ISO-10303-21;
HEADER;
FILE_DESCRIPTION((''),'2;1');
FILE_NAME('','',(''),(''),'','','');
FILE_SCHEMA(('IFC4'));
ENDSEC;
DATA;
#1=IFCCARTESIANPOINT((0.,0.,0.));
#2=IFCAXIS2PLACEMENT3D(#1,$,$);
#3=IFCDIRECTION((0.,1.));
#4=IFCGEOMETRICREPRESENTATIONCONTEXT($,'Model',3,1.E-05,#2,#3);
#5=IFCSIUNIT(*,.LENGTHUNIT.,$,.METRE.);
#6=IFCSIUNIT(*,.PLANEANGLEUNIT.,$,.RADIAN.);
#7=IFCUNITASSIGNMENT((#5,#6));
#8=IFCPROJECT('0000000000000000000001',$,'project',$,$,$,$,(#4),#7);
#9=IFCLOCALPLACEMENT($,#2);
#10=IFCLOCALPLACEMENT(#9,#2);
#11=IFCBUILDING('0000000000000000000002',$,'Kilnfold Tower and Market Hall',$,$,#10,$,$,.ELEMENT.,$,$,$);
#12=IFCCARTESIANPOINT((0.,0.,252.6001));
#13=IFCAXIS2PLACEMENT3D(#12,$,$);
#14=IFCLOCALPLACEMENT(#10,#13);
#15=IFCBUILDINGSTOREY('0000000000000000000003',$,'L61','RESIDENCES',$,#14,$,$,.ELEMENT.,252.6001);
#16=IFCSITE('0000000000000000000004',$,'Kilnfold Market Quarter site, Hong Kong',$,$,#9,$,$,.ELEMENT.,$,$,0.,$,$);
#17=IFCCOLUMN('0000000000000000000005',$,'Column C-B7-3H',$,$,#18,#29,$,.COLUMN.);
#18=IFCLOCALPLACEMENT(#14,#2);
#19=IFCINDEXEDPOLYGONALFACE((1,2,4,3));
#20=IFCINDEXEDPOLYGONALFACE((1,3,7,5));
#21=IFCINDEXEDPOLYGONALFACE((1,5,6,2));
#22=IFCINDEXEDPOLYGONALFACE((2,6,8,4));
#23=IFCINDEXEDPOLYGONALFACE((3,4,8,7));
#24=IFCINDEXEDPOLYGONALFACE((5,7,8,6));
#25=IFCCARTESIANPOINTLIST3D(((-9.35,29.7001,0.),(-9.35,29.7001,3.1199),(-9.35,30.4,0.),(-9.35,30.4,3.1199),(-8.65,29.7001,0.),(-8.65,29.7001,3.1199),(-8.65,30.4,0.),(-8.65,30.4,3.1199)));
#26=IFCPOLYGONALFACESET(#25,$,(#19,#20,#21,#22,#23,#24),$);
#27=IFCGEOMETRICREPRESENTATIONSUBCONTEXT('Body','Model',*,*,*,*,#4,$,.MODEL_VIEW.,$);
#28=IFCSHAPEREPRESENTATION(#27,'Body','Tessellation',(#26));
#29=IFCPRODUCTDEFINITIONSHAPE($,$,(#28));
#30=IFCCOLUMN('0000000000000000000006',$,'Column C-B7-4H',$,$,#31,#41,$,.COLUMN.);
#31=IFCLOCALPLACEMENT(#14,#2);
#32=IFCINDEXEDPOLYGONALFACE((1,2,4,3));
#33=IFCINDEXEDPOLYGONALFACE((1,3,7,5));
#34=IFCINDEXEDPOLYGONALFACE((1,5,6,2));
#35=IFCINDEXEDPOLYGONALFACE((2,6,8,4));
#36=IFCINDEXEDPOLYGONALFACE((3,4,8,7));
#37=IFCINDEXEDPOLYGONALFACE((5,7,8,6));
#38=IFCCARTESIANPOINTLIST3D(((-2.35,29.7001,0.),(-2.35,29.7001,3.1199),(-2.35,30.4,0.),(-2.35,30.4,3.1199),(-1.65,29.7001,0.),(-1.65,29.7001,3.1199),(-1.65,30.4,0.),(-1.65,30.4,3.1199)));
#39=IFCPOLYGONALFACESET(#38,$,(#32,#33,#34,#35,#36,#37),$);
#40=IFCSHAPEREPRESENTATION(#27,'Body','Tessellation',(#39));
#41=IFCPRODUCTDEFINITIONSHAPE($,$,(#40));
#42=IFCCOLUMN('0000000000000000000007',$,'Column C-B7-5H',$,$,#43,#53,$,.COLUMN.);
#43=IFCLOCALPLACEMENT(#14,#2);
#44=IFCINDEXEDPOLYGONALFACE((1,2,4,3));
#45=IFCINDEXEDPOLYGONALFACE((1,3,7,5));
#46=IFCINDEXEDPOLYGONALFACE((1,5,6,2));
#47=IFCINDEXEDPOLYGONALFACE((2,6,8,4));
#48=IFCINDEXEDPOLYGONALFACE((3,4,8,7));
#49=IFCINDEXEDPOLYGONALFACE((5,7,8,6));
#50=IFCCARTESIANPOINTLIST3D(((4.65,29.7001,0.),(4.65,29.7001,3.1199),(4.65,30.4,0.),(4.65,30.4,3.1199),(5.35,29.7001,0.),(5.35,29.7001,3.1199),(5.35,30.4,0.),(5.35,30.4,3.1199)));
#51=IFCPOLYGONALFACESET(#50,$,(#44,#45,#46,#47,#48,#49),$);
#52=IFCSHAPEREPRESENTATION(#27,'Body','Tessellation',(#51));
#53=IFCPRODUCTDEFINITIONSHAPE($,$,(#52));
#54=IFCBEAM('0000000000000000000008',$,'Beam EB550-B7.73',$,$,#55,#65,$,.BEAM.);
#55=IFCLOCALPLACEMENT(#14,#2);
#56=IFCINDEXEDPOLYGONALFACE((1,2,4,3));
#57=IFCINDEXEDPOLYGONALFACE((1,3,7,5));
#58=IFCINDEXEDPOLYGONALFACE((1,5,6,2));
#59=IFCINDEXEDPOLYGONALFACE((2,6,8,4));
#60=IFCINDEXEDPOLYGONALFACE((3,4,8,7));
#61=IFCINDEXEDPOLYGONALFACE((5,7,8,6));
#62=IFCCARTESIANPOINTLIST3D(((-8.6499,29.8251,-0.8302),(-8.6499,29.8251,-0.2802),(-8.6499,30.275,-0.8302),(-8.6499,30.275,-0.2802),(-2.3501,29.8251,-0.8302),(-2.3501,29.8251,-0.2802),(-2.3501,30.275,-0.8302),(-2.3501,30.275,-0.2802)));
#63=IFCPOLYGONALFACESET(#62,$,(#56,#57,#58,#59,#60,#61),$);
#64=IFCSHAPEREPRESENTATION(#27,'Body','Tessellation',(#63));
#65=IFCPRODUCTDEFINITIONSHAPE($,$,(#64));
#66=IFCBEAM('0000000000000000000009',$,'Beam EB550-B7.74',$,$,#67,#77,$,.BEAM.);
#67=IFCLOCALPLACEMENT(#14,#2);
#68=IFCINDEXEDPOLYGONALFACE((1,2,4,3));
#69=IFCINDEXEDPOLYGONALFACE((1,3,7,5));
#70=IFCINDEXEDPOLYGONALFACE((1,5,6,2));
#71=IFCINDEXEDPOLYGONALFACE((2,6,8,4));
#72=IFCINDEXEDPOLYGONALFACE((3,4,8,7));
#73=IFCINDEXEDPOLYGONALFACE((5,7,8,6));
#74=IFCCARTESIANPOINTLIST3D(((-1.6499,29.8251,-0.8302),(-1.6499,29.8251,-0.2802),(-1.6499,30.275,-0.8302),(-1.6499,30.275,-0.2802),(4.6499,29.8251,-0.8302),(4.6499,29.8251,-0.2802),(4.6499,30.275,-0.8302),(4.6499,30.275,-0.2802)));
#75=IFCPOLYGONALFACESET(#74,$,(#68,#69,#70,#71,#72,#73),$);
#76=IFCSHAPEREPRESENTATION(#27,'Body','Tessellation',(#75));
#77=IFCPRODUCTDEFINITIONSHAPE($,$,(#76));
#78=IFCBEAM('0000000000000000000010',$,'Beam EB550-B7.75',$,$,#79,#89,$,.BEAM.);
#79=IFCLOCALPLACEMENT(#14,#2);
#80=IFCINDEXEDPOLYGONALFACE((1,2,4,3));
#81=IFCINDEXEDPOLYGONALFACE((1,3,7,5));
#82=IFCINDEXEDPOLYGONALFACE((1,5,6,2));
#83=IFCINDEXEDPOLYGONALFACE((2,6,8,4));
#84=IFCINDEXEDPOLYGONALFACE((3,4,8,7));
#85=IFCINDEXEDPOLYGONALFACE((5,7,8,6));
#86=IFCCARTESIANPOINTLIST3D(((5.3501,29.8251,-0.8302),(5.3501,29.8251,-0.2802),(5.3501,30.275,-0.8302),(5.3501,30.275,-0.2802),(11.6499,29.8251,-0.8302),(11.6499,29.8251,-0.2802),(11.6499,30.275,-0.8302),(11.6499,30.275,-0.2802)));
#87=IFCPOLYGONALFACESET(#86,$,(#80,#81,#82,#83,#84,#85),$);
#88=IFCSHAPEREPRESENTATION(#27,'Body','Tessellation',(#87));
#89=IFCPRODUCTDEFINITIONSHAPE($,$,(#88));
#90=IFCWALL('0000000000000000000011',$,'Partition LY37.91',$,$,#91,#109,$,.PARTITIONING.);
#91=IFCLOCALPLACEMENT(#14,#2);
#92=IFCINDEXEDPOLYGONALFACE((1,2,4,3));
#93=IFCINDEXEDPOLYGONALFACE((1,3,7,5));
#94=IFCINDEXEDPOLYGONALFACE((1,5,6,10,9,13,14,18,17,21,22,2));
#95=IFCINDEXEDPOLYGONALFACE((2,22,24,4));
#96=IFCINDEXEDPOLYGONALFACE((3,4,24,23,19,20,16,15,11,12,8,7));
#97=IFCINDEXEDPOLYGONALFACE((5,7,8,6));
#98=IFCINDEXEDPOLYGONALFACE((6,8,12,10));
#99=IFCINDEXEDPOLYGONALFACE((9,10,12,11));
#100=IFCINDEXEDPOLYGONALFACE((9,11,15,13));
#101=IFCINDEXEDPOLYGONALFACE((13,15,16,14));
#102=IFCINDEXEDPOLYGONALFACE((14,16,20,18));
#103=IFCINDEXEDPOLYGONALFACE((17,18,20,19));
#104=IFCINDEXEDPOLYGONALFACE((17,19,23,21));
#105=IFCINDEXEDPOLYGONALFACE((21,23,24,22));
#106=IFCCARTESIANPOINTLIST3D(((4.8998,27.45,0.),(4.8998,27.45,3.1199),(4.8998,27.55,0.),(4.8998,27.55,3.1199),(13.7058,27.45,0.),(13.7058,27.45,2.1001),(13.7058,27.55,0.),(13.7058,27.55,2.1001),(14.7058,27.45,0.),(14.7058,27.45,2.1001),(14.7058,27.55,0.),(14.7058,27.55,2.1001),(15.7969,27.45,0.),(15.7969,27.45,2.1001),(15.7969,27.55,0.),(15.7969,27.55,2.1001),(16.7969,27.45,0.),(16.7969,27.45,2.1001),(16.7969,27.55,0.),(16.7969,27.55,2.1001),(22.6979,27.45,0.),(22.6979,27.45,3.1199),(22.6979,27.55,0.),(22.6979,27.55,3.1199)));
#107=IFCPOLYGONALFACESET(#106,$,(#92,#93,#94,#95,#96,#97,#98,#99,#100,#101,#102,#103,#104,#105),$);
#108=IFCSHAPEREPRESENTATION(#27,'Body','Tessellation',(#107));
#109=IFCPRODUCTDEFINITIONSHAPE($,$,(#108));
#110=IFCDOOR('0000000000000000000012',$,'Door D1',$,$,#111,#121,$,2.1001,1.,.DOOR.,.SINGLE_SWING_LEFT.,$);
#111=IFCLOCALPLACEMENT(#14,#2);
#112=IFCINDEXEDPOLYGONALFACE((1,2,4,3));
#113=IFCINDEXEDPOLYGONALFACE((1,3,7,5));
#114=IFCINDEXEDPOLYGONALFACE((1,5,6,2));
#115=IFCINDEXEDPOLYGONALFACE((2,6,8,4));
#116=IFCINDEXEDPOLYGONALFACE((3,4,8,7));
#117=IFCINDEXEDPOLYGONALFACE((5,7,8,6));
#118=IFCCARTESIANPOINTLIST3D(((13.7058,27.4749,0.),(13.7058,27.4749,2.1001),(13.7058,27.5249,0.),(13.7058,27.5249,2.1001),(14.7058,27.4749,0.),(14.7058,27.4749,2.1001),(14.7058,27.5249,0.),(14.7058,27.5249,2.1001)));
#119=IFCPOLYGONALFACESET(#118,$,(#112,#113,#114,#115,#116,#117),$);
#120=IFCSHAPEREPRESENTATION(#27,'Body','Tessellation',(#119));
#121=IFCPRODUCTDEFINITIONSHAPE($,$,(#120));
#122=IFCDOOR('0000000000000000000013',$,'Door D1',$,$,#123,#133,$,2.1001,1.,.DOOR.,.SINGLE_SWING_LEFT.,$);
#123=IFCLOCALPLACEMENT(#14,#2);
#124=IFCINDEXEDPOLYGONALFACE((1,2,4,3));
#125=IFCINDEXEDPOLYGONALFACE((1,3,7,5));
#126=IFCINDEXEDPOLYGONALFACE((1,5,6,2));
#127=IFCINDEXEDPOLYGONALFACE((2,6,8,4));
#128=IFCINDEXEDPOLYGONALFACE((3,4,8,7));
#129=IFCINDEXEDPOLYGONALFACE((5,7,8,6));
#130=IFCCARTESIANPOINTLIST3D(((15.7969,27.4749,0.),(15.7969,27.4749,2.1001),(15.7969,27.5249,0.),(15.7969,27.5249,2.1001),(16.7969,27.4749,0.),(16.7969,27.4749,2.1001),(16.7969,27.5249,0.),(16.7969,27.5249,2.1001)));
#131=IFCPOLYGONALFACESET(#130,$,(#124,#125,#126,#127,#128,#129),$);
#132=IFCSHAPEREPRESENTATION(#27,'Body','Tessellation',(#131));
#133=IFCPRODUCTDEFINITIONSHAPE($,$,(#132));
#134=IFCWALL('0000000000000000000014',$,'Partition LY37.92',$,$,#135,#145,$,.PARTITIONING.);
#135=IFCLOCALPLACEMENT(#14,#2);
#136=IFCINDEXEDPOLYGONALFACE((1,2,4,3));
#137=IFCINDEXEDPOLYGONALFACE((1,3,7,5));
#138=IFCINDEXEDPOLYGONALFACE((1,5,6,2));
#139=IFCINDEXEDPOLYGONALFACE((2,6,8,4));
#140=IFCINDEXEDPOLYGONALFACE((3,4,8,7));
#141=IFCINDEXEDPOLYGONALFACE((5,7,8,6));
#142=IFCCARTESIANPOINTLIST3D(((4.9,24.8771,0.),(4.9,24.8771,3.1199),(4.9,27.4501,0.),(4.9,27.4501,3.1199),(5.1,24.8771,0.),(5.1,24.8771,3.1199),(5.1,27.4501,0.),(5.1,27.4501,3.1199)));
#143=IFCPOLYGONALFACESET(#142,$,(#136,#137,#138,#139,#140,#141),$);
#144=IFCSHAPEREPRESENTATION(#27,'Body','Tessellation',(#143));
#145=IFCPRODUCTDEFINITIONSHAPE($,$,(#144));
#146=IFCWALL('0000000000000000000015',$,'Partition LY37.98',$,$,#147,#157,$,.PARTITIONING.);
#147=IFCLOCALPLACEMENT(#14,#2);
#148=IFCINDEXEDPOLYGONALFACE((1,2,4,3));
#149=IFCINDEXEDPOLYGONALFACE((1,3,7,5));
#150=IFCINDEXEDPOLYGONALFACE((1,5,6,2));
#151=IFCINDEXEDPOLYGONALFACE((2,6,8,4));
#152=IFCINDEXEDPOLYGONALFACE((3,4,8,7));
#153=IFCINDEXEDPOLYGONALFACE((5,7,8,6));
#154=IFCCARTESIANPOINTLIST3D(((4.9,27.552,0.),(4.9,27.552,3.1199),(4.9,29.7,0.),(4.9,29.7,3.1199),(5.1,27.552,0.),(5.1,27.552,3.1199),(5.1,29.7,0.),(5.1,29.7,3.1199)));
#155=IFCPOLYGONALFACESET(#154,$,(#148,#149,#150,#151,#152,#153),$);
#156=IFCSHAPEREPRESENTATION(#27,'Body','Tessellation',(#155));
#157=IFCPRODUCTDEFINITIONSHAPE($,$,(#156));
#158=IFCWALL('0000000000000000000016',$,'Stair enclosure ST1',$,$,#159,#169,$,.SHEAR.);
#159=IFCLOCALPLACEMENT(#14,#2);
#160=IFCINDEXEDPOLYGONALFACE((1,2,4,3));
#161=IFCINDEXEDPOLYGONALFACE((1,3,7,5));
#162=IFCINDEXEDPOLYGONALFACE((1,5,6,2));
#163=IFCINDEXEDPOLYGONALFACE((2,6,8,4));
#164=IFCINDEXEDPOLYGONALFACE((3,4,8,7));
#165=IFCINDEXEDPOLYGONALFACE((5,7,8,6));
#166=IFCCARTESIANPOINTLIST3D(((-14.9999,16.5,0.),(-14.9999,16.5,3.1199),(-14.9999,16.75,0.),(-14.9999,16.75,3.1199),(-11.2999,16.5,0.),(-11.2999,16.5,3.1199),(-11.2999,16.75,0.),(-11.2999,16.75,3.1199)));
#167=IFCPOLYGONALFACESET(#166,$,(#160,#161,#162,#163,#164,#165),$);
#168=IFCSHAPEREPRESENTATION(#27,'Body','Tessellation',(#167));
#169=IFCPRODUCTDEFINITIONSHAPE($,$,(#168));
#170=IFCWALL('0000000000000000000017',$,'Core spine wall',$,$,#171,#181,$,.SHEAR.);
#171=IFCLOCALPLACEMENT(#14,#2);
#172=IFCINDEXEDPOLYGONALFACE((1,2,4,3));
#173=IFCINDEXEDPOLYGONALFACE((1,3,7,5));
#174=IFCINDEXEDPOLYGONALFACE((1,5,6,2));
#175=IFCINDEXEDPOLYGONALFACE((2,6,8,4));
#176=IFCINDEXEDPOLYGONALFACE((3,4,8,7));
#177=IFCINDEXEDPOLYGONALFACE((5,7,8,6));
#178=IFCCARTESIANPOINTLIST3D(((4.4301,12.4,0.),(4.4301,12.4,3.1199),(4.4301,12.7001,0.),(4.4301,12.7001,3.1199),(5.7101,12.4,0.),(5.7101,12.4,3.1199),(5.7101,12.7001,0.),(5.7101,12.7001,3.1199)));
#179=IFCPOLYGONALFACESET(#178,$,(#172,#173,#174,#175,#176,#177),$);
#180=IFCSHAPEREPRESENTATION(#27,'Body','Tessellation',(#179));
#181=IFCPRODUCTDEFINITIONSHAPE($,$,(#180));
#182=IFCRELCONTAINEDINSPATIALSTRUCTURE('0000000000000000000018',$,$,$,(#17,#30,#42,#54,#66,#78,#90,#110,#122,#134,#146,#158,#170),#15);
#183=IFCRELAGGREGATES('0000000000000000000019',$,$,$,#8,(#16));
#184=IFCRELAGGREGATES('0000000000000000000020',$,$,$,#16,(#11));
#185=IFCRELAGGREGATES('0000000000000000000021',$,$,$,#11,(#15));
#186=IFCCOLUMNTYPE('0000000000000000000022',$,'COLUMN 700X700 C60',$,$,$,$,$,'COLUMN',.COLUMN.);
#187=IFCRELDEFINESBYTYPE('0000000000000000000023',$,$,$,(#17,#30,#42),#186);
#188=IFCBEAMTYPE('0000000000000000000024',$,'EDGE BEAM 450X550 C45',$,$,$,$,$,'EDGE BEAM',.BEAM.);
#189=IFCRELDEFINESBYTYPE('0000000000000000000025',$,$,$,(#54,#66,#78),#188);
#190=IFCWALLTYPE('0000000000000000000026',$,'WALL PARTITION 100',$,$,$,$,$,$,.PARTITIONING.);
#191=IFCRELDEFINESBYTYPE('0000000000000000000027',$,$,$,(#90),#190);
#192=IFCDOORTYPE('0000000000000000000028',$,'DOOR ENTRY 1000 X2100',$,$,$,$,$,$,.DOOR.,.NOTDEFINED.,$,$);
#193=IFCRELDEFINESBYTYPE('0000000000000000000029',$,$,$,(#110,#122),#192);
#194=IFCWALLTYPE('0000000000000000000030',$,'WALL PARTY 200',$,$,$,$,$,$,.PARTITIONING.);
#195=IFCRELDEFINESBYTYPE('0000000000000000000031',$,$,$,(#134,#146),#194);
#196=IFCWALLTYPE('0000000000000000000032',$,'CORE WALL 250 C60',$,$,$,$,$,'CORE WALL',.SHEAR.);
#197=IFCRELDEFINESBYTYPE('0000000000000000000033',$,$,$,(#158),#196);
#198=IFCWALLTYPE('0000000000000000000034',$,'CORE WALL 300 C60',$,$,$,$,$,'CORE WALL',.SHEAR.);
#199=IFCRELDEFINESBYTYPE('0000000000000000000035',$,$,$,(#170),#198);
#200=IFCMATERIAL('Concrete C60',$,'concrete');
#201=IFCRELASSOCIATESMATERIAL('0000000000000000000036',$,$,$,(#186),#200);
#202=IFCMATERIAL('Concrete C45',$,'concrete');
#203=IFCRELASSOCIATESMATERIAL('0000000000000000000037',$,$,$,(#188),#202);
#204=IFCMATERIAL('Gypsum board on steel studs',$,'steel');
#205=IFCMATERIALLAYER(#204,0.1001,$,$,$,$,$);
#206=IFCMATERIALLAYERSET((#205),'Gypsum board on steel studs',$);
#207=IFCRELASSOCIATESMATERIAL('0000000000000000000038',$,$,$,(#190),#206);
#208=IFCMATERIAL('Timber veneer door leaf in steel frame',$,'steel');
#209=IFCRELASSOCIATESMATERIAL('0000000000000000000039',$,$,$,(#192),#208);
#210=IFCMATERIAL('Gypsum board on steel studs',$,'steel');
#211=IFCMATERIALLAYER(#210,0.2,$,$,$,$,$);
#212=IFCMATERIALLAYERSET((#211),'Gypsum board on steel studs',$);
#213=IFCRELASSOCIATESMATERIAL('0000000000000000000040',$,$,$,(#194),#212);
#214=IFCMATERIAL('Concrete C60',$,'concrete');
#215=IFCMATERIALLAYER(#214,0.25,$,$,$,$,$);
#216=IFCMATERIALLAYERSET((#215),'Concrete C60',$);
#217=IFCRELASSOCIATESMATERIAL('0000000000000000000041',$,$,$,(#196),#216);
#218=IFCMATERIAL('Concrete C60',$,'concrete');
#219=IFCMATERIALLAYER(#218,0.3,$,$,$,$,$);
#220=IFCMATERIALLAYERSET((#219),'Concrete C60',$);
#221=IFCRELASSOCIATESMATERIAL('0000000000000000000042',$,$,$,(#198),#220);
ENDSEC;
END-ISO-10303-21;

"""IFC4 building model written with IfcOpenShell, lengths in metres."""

from ifc_helpers import new_model, si_unit, direction, frame, frame_2d, origin, origin_2d, place, context, subcontext, project, spatial, rectangle, extrude, source, transform, mapped, material, layer, layer_set, material_profile, profile_set, type_object, element, fill, save


model = new_model("IFC4")

# Units and contexts
model_context = context("Model", 3, precision=1e-05, world=origin(), true_north=direction((0.0, 1.0)))
body_context = subcontext(model_context, "Body", "Model", "MODEL_VIEW")
ifc_project = project(units=[si_unit("LENGTHUNIT", "METRE"), si_unit("PLANEANGLEUNIT", "RADIAN")], contexts=[model_context])

# Site, building, storey
site_placement = place(None, origin())
site = spatial("IfcSite", under=ifc_project, at=site_placement, Name="Kilnfold Market Quarter site, Hong Kong", CompositionType="ELEMENT", RefElevation=0.0)
building_placement = place(site_placement, origin())
building = spatial("IfcBuilding", under=site, at=building_placement, Name="Kilnfold Tower and Market Hall", CompositionType="ELEMENT")
storey_placement = place(building_placement, frame((0.0, 0.0, 252.6001)))
storey = spatial("IfcBuildingStorey", under=building, at=storey_placement, Name="L61", Description="RESIDENCES", CompositionType="ELEMENT", Elevation=252.6001)

# Columns
ifc_material_1 = material(Name="Concrete C60", Category="concrete")
ifc_material_profile_1 = material_profile(ifc_material_1, rectangle(XDim=0.7, YDim=0.7, at=origin_2d()), Name="RC 700x700")
ifc_profile_set_1 = profile_set([ifc_material_profile_1], Name="Concrete C60")
column_type = type_object("IfcColumnType", Name="COLUMN 700X700 C60", ElementType="COLUMN", PredefinedType="COLUMN", material=ifc_profile_set_1)
shared_shape_1 = source(origin(), body_context, "Body", "SweptSolid", [
    extrude(rectangle(XDim=0.7, YDim=0.7, at=origin_2d()), origin(), (0.0, 0.0, 1.0), 3.1199),
])
for number, where, z_axis, x_axis, name in (
    (1, (-9.0, 30.05, 0.0), (0.0, 0.0, 1.0), (1.0, 0.0, 0.0), "Column C-B7-3H"),
    (2, (-2.0, 30.05, 0.0), (0.0, 0.0, 1.0), (1.0, 0.0, 0.0), "Column C-B7-4H"),
    (3, (5.0, 30.05, 0.0), (0.0, 0.0, 1.0), (1.0, 0.0, 0.0), "Column C-B7-5H"),
):
    element("IfcColumn", number, at=place(storey_placement, frame(where, z_axis=z_axis, x_axis=x_axis)), inside=storey, type_object=column_type, Name=name, PredefinedType="COLUMN", context=body_context, shape_type="MappedRepresentation", body=[
        mapped(shared_shape_1, transform((0.0, 0.0, 0.0))),
    ])

# Beams
ifc_material_2 = material(Name="Concrete C45", Category="concrete")
ifc_material_profile_2 = material_profile(ifc_material_2, rectangle(XDim=0.45, YDim=0.55, at=origin_2d()), Name="RC 450x550")
ifc_profile_set_2 = profile_set([ifc_material_profile_2], Name="Concrete C45")
beam_type = type_object("IfcBeamType", Name="EDGE BEAM 450X550 C45", ElementType="EDGE BEAM", PredefinedType="BEAM", material=ifc_profile_set_2)
shared_shape_2 = source(origin(), body_context, "Body", "SweptSolid", [
    extrude(rectangle(XDim=0.45, YDim=0.55, at=origin_2d()), origin(), (0.0, 0.0, 1.0), 6.2998),
])
for number, where, z_axis, x_axis, name in (
    (4, (-8.6499, 30.05, -0.5552), (1.0, 0.0, 0.0), (0.0, 1.0, 0.0), "Beam EB550-B7.73"),
    (5, (-1.6499, 30.05, -0.5552), (1.0, 0.0, 0.0), (0.0, 1.0, 0.0), "Beam EB550-B7.74"),
    (6, (5.3501, 30.05, -0.5552), (1.0, 0.0, 0.0), (0.0, 1.0, 0.0), "Beam EB550-B7.75"),
):
    element("IfcBeam", number, at=place(storey_placement, frame(where, z_axis=z_axis, x_axis=x_axis)), inside=storey, type_object=beam_type, Name=name, PredefinedType="BEAM", context=body_context, shape_type="MappedRepresentation", body=[
        mapped(shared_shape_2, transform((0.0, 0.0, 0.0))),
    ])

# Wall, openings, doors
ifc_material_3 = material(Name="Gypsum board on steel studs", Category="steel")
ifc_layer_1 = layer(ifc_material_3, 0.1001)
ifc_layer_set_1 = layer_set([ifc_layer_1], Name="Gypsum board on steel studs")
wall_type_1 = type_object("IfcWallType", Name="WALL PARTITION 100", PredefinedType="PARTITIONING", material=ifc_layer_set_1)
wall_1_placement = place(storey_placement, frame((4.8999, 27.5, 0.0), z_axis=(0.0, 0.0, 1.0), x_axis=(1.0, 0.0, 0.0)))
wall_1 = element("IfcWall", 7, at=wall_1_placement, inside=storey, type_object=wall_type_1, Name="Partition LY37.91", PredefinedType="PARTITIONING", context=body_context, shape_type="SweptSolid", body=[
    extrude(rectangle(XDim=17.7981, YDim=0.1001, at=frame_2d((8.8989, 0.0))), origin(), (0.0, 0.0, 1.0), 3.1199),
])
opening_1_placement = place(wall_1_placement, frame((8.8059, 0.0, 0.0)))
opening_1 = element("IfcOpeningElement", 8, at=opening_1_placement, cuts=wall_1, PredefinedType="OPENING", context=body_context, shape_type="SweptSolid", body=[
    extrude(rectangle(XDim=1.0, YDim=2.1001, at=frame_2d((0.5, 1.05))), frame((0.0, 0.0601, 0.0), z_axis=(0.0, -1.0, 0.0), x_axis=(1.0, 0.0, 0.0)), (0.0, 0.0, 1.0), 0.1201),
])
opening_2_placement = place(wall_1_placement, frame((10.897, 0.0, 0.0)))
opening_2 = element("IfcOpeningElement", 9, at=opening_2_placement, cuts=wall_1, PredefinedType="OPENING", context=body_context, shape_type="SweptSolid", body=[
    extrude(rectangle(XDim=1.0, YDim=2.1001, at=frame_2d((0.5, 1.05))), frame((0.0, 0.0601, 0.0), z_axis=(0.0, -1.0, 0.0), x_axis=(1.0, 0.0, 0.0)), (0.0, 0.0, 1.0), 0.1201),
])
ifc_material_4 = material(Name="Timber veneer door leaf in steel frame", Category="steel")
door_type_1 = type_object("IfcDoorType", Name="DOOR ENTRY 1000 X2100", OperationType="NOTDEFINED", PredefinedType="DOOR", material=ifc_material_4)
door_1_placement = place(opening_1_placement, origin())
door_1 = element("IfcDoor", 10, at=door_1_placement, inside=storey, type_object=door_type_1, Name="Door D1", OperationType="SINGLE_SWING_LEFT", OverallHeight=2.1001, OverallWidth=1.0, PredefinedType="DOOR", context=body_context, shape_type="SweptSolid", body=[
    extrude(rectangle(XDim=1.0, YDim=2.1001, at=frame_2d((0.5, 1.05))), frame((0.0, 0.0249, 0.0), z_axis=(0.0, -1.0, 0.0), x_axis=(1.0, 0.0, 0.0)), (0.0, 0.0, 1.0), 0.05),
])
fill(opening_1, door_1)
door_2_placement = place(opening_2_placement, origin())
door_2 = element("IfcDoor", 11, at=door_2_placement, inside=storey, type_object=door_type_1, Name="Door D1", OperationType="SINGLE_SWING_LEFT", OverallHeight=2.1001, OverallWidth=1.0, PredefinedType="DOOR", context=body_context, shape_type="SweptSolid", body=[
    extrude(rectangle(XDim=1.0, YDim=2.1001, at=frame_2d((0.5, 1.05))), frame((0.0, 0.0249, 0.0), z_axis=(0.0, -1.0, 0.0), x_axis=(1.0, 0.0, 0.0)), (0.0, 0.0, 1.0), 0.05),
])
fill(opening_2, door_2)

# Walls
ifc_material_5 = material(Name="Gypsum board on steel studs", Category="steel")
ifc_layer_2 = layer(ifc_material_5, 0.2)
ifc_layer_set_2 = layer_set([ifc_layer_2], Name="Gypsum board on steel studs")
wall_type_2 = type_object("IfcWallType", Name="WALL PARTY 200", PredefinedType="PARTITIONING", material=ifc_layer_set_2)
wall_2_placement = place(storey_placement, frame((5.0, 24.877, 0.0), z_axis=(0.0, 0.0, 1.0), x_axis=(0.0, 1.0, 0.0)))
element("IfcWall", 12, at=wall_2_placement, inside=storey, type_object=wall_type_2, Name="Partition LY37.92", PredefinedType="PARTITIONING", context=body_context, shape_type="SweptSolid", body=[
    extrude(rectangle(XDim=2.573, YDim=0.2, at=frame_2d((1.2866, 0.0))), origin(), (0.0, 0.0, 1.0), 3.1199),
])
wall_3_placement = place(storey_placement, frame((5.0, 27.552, 0.0), z_axis=(0.0, 0.0, 1.0), x_axis=(0.0, 1.0, 0.0)))
element("IfcWall", 13, at=wall_3_placement, inside=storey, type_object=wall_type_2, Name="Partition LY37.98", PredefinedType="PARTITIONING", context=body_context, shape_type="SweptSolid", body=[
    extrude(rectangle(XDim=2.1479, YDim=0.2, at=frame_2d((1.074, 0.0))), origin(), (0.0, 0.0, 1.0), 3.1199),
])
ifc_material_6 = material(Name="Concrete C60", Category="concrete")
ifc_layer_3 = layer(ifc_material_6, 0.25)
ifc_layer_set_3 = layer_set([ifc_layer_3], Name="Concrete C60")
wall_type_3 = type_object("IfcWallType", Name="CORE WALL 250 C60", ElementType="CORE WALL", PredefinedType="SHEAR", material=ifc_layer_set_3)
shared_shape_3 = source(origin(), body_context, "Body", "SweptSolid", [
    extrude(rectangle(XDim=3.7, YDim=0.25, at=frame_2d((1.8501, 0.0))), origin(), (0.0, 0.0, 1.0), 3.1199),
])
wall_4_placement = place(storey_placement, frame((-15.0, 16.625, 0.0), z_axis=(0.0, 0.0, 1.0), x_axis=(1.0, 0.0, 0.0)))
element("IfcWall", 14, at=wall_4_placement, inside=storey, type_object=wall_type_3, Name="Stair enclosure ST1", PredefinedType="SHEAR", context=body_context, shape_type="MappedRepresentation", body=[
    mapped(shared_shape_3, transform((0.0, 0.0, 0.0))),
])
ifc_material_7 = material(Name="Concrete C60", Category="concrete")
ifc_layer_4 = layer(ifc_material_7, 0.3)
ifc_layer_set_4 = layer_set([ifc_layer_4], Name="Concrete C60")
wall_type_4 = type_object("IfcWallType", Name="CORE WALL 300 C60", ElementType="CORE WALL", PredefinedType="SHEAR", material=ifc_layer_set_4)
shared_shape_4 = source(origin(), body_context, "Body", "SweptSolid", [
    extrude(rectangle(XDim=1.28, YDim=0.3, at=frame_2d((0.6401, 0.0))), origin(), (0.0, 0.0, 1.0), 3.1199),
])
wall_5_placement = place(storey_placement, frame((4.4299, 12.55, 0.0), z_axis=(0.0, 0.0, 1.0), x_axis=(1.0, 0.0, 0.0)))
element("IfcWall", 15, at=wall_5_placement, inside=storey, type_object=wall_type_4, Name="Core spine wall", PredefinedType="SHEAR", context=body_context, shape_type="MappedRepresentation", body=[
    mapped(shared_shape_4, transform((0.0, 0.0, 0.0))),
])

save(model, "model.ifc")
